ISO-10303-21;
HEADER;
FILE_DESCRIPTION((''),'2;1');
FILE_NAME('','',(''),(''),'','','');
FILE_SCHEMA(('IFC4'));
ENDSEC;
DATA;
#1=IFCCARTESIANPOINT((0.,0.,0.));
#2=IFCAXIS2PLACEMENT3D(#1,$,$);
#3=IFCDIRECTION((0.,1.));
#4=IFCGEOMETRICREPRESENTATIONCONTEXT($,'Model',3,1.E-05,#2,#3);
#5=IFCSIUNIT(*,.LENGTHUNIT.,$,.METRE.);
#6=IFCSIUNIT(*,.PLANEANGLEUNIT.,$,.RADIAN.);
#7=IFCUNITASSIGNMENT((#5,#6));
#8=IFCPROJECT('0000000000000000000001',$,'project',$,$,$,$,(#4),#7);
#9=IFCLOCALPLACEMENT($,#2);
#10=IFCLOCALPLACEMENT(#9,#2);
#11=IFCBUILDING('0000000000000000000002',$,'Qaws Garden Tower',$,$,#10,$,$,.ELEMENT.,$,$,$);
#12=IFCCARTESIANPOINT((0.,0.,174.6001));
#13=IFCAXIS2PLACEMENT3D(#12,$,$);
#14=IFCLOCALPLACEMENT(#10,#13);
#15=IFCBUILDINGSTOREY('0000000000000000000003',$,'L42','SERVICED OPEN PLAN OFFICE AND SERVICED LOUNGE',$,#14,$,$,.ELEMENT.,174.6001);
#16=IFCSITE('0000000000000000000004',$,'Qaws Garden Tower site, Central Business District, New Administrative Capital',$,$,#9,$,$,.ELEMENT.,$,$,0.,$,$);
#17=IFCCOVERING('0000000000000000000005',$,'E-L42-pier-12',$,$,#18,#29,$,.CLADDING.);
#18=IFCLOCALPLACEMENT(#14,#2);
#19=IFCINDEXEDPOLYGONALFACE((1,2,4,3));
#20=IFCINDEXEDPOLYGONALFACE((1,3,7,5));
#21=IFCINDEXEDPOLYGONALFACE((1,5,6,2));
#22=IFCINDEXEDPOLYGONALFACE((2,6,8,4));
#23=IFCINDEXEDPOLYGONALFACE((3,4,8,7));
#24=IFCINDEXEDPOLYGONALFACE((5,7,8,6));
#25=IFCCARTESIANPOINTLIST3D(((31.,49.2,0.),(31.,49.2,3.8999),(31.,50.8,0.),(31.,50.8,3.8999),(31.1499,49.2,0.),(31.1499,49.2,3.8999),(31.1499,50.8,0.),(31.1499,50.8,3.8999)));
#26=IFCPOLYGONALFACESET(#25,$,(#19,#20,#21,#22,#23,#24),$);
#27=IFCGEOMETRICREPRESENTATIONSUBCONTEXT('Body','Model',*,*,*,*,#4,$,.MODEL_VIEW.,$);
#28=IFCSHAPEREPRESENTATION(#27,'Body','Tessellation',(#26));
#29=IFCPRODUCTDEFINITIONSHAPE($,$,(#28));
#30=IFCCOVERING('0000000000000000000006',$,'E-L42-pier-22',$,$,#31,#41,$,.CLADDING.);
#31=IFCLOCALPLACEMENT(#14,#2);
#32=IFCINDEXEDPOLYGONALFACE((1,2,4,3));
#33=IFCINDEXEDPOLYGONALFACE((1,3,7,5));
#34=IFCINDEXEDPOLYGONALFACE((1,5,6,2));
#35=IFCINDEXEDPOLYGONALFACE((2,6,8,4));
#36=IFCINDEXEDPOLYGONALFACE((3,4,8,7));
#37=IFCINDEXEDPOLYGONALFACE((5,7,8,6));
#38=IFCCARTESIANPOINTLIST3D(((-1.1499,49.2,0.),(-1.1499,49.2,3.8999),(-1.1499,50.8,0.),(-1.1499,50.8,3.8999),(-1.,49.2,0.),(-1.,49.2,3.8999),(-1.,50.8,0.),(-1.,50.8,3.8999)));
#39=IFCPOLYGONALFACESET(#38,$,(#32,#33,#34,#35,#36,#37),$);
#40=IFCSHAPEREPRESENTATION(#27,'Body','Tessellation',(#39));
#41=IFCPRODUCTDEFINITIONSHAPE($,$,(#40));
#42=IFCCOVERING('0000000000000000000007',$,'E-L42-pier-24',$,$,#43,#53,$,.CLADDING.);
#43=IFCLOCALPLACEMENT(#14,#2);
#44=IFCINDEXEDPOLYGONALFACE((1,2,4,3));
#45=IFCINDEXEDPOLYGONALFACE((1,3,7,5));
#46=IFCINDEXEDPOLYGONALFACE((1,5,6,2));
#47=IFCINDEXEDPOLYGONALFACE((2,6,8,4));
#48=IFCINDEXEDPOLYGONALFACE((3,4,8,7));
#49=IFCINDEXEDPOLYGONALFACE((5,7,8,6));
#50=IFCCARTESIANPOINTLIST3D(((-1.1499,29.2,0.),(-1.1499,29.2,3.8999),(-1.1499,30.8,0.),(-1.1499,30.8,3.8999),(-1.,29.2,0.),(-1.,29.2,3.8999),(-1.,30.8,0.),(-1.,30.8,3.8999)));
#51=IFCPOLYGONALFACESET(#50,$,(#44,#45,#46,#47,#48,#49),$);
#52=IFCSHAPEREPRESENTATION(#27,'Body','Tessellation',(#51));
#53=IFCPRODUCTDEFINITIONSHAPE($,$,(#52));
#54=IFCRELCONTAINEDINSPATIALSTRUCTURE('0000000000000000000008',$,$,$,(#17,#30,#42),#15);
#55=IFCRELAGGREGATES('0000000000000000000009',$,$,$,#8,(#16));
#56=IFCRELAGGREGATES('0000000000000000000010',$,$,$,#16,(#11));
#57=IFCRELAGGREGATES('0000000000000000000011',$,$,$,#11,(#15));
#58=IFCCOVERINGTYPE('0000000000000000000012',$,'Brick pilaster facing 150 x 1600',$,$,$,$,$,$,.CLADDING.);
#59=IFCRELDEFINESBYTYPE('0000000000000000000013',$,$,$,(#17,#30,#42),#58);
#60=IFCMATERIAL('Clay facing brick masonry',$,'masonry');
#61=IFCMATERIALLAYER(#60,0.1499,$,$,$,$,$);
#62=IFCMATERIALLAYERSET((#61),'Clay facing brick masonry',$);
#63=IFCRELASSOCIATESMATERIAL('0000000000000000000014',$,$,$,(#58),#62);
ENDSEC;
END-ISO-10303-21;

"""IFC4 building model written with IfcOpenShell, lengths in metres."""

from ifc_helpers import new_model, si_unit, direction, frame, origin, place, context, subcontext, project, spatial, polyline, outline, extrude, material, layer, layer_set, type_object, element, save


model = new_model("IFC4")

# Units and contexts
model_context = context("Model", 3, precision=1e-05, world=origin(), true_north=direction((0.0, 1.0)))
body_context = subcontext(model_context, "Body", "Model", "MODEL_VIEW")
ifc_project = project(units=[si_unit("LENGTHUNIT", "METRE"), si_unit("PLANEANGLEUNIT", "RADIAN")], contexts=[model_context])

# Site, building, storey
site_placement = place(None, origin())
site = spatial("IfcSite", under=ifc_project, at=site_placement, Name="Qaws Garden Tower site, Central Business District, New Administrative Capital", CompositionType="ELEMENT", RefElevation=0.0)
building_placement = place(site_placement, origin())
building = spatial("IfcBuilding", under=site, at=building_placement, Name="Qaws Garden Tower", CompositionType="ELEMENT")
storey_placement = place(building_placement, frame((0.0, 0.0, 174.6001)))
storey = spatial("IfcBuildingStorey", under=building, at=storey_placement, Name="L42", Description="SERVICED OPEN PLAN OFFICE AND SERVICED LOUNGE", CompositionType="ELEMENT", Elevation=174.6001)

# Shared definitions
placement = place(storey_placement, origin())

# Coverings
ifc_material_1 = material(Name="Clay facing brick masonry", Category="masonry")
ifc_layer_1 = layer(ifc_material_1, 0.1499)
ifc_layer_set_1 = layer_set([ifc_layer_1], Name="Clay facing brick masonry")
covering_type = type_object("IfcCoveringType", Name="Brick pilaster facing 150 x 1600", PredefinedType="CLADDING", material=ifc_layer_set_1)
element("IfcCovering", 1, at=placement, inside=storey, type_object=covering_type, Name="E-L42-pier-12", PredefinedType="CLADDING", context=body_context, shape_type="SweptSolid", body=[
    extrude(outline(polyline([(31.0, 49.2), (31.0, 50.8), (31.1499, 50.8), (31.1499, 49.2), (31.0, 49.2)])), origin(), (0.0, 0.0, 1.0), 3.8999),
])
element("IfcCovering", 2, at=placement, inside=storey, type_object=covering_type, Name="E-L42-pier-22", PredefinedType="CLADDING", context=body_context, shape_type="SweptSolid", body=[
    extrude(outline(polyline([(-1.0, 50.8), (-1.0, 49.2), (-1.1499, 49.2), (-1.1499, 50.8), (-1.0, 50.8)])), origin(), (0.0, 0.0, 1.0), 3.8999),
])
element("IfcCovering", 3, at=placement, inside=storey, type_object=covering_type, Name="E-L42-pier-24", PredefinedType="CLADDING", context=body_context, shape_type="SweptSolid", body=[
    extrude(outline(polyline([(-1.0, 30.8), (-1.0, 29.2), (-1.1499, 29.2), (-1.1499, 30.8), (-1.0, 30.8)])), origin(), (0.0, 0.0, 1.0), 3.8999),
])

save(model, "model.ifc")
